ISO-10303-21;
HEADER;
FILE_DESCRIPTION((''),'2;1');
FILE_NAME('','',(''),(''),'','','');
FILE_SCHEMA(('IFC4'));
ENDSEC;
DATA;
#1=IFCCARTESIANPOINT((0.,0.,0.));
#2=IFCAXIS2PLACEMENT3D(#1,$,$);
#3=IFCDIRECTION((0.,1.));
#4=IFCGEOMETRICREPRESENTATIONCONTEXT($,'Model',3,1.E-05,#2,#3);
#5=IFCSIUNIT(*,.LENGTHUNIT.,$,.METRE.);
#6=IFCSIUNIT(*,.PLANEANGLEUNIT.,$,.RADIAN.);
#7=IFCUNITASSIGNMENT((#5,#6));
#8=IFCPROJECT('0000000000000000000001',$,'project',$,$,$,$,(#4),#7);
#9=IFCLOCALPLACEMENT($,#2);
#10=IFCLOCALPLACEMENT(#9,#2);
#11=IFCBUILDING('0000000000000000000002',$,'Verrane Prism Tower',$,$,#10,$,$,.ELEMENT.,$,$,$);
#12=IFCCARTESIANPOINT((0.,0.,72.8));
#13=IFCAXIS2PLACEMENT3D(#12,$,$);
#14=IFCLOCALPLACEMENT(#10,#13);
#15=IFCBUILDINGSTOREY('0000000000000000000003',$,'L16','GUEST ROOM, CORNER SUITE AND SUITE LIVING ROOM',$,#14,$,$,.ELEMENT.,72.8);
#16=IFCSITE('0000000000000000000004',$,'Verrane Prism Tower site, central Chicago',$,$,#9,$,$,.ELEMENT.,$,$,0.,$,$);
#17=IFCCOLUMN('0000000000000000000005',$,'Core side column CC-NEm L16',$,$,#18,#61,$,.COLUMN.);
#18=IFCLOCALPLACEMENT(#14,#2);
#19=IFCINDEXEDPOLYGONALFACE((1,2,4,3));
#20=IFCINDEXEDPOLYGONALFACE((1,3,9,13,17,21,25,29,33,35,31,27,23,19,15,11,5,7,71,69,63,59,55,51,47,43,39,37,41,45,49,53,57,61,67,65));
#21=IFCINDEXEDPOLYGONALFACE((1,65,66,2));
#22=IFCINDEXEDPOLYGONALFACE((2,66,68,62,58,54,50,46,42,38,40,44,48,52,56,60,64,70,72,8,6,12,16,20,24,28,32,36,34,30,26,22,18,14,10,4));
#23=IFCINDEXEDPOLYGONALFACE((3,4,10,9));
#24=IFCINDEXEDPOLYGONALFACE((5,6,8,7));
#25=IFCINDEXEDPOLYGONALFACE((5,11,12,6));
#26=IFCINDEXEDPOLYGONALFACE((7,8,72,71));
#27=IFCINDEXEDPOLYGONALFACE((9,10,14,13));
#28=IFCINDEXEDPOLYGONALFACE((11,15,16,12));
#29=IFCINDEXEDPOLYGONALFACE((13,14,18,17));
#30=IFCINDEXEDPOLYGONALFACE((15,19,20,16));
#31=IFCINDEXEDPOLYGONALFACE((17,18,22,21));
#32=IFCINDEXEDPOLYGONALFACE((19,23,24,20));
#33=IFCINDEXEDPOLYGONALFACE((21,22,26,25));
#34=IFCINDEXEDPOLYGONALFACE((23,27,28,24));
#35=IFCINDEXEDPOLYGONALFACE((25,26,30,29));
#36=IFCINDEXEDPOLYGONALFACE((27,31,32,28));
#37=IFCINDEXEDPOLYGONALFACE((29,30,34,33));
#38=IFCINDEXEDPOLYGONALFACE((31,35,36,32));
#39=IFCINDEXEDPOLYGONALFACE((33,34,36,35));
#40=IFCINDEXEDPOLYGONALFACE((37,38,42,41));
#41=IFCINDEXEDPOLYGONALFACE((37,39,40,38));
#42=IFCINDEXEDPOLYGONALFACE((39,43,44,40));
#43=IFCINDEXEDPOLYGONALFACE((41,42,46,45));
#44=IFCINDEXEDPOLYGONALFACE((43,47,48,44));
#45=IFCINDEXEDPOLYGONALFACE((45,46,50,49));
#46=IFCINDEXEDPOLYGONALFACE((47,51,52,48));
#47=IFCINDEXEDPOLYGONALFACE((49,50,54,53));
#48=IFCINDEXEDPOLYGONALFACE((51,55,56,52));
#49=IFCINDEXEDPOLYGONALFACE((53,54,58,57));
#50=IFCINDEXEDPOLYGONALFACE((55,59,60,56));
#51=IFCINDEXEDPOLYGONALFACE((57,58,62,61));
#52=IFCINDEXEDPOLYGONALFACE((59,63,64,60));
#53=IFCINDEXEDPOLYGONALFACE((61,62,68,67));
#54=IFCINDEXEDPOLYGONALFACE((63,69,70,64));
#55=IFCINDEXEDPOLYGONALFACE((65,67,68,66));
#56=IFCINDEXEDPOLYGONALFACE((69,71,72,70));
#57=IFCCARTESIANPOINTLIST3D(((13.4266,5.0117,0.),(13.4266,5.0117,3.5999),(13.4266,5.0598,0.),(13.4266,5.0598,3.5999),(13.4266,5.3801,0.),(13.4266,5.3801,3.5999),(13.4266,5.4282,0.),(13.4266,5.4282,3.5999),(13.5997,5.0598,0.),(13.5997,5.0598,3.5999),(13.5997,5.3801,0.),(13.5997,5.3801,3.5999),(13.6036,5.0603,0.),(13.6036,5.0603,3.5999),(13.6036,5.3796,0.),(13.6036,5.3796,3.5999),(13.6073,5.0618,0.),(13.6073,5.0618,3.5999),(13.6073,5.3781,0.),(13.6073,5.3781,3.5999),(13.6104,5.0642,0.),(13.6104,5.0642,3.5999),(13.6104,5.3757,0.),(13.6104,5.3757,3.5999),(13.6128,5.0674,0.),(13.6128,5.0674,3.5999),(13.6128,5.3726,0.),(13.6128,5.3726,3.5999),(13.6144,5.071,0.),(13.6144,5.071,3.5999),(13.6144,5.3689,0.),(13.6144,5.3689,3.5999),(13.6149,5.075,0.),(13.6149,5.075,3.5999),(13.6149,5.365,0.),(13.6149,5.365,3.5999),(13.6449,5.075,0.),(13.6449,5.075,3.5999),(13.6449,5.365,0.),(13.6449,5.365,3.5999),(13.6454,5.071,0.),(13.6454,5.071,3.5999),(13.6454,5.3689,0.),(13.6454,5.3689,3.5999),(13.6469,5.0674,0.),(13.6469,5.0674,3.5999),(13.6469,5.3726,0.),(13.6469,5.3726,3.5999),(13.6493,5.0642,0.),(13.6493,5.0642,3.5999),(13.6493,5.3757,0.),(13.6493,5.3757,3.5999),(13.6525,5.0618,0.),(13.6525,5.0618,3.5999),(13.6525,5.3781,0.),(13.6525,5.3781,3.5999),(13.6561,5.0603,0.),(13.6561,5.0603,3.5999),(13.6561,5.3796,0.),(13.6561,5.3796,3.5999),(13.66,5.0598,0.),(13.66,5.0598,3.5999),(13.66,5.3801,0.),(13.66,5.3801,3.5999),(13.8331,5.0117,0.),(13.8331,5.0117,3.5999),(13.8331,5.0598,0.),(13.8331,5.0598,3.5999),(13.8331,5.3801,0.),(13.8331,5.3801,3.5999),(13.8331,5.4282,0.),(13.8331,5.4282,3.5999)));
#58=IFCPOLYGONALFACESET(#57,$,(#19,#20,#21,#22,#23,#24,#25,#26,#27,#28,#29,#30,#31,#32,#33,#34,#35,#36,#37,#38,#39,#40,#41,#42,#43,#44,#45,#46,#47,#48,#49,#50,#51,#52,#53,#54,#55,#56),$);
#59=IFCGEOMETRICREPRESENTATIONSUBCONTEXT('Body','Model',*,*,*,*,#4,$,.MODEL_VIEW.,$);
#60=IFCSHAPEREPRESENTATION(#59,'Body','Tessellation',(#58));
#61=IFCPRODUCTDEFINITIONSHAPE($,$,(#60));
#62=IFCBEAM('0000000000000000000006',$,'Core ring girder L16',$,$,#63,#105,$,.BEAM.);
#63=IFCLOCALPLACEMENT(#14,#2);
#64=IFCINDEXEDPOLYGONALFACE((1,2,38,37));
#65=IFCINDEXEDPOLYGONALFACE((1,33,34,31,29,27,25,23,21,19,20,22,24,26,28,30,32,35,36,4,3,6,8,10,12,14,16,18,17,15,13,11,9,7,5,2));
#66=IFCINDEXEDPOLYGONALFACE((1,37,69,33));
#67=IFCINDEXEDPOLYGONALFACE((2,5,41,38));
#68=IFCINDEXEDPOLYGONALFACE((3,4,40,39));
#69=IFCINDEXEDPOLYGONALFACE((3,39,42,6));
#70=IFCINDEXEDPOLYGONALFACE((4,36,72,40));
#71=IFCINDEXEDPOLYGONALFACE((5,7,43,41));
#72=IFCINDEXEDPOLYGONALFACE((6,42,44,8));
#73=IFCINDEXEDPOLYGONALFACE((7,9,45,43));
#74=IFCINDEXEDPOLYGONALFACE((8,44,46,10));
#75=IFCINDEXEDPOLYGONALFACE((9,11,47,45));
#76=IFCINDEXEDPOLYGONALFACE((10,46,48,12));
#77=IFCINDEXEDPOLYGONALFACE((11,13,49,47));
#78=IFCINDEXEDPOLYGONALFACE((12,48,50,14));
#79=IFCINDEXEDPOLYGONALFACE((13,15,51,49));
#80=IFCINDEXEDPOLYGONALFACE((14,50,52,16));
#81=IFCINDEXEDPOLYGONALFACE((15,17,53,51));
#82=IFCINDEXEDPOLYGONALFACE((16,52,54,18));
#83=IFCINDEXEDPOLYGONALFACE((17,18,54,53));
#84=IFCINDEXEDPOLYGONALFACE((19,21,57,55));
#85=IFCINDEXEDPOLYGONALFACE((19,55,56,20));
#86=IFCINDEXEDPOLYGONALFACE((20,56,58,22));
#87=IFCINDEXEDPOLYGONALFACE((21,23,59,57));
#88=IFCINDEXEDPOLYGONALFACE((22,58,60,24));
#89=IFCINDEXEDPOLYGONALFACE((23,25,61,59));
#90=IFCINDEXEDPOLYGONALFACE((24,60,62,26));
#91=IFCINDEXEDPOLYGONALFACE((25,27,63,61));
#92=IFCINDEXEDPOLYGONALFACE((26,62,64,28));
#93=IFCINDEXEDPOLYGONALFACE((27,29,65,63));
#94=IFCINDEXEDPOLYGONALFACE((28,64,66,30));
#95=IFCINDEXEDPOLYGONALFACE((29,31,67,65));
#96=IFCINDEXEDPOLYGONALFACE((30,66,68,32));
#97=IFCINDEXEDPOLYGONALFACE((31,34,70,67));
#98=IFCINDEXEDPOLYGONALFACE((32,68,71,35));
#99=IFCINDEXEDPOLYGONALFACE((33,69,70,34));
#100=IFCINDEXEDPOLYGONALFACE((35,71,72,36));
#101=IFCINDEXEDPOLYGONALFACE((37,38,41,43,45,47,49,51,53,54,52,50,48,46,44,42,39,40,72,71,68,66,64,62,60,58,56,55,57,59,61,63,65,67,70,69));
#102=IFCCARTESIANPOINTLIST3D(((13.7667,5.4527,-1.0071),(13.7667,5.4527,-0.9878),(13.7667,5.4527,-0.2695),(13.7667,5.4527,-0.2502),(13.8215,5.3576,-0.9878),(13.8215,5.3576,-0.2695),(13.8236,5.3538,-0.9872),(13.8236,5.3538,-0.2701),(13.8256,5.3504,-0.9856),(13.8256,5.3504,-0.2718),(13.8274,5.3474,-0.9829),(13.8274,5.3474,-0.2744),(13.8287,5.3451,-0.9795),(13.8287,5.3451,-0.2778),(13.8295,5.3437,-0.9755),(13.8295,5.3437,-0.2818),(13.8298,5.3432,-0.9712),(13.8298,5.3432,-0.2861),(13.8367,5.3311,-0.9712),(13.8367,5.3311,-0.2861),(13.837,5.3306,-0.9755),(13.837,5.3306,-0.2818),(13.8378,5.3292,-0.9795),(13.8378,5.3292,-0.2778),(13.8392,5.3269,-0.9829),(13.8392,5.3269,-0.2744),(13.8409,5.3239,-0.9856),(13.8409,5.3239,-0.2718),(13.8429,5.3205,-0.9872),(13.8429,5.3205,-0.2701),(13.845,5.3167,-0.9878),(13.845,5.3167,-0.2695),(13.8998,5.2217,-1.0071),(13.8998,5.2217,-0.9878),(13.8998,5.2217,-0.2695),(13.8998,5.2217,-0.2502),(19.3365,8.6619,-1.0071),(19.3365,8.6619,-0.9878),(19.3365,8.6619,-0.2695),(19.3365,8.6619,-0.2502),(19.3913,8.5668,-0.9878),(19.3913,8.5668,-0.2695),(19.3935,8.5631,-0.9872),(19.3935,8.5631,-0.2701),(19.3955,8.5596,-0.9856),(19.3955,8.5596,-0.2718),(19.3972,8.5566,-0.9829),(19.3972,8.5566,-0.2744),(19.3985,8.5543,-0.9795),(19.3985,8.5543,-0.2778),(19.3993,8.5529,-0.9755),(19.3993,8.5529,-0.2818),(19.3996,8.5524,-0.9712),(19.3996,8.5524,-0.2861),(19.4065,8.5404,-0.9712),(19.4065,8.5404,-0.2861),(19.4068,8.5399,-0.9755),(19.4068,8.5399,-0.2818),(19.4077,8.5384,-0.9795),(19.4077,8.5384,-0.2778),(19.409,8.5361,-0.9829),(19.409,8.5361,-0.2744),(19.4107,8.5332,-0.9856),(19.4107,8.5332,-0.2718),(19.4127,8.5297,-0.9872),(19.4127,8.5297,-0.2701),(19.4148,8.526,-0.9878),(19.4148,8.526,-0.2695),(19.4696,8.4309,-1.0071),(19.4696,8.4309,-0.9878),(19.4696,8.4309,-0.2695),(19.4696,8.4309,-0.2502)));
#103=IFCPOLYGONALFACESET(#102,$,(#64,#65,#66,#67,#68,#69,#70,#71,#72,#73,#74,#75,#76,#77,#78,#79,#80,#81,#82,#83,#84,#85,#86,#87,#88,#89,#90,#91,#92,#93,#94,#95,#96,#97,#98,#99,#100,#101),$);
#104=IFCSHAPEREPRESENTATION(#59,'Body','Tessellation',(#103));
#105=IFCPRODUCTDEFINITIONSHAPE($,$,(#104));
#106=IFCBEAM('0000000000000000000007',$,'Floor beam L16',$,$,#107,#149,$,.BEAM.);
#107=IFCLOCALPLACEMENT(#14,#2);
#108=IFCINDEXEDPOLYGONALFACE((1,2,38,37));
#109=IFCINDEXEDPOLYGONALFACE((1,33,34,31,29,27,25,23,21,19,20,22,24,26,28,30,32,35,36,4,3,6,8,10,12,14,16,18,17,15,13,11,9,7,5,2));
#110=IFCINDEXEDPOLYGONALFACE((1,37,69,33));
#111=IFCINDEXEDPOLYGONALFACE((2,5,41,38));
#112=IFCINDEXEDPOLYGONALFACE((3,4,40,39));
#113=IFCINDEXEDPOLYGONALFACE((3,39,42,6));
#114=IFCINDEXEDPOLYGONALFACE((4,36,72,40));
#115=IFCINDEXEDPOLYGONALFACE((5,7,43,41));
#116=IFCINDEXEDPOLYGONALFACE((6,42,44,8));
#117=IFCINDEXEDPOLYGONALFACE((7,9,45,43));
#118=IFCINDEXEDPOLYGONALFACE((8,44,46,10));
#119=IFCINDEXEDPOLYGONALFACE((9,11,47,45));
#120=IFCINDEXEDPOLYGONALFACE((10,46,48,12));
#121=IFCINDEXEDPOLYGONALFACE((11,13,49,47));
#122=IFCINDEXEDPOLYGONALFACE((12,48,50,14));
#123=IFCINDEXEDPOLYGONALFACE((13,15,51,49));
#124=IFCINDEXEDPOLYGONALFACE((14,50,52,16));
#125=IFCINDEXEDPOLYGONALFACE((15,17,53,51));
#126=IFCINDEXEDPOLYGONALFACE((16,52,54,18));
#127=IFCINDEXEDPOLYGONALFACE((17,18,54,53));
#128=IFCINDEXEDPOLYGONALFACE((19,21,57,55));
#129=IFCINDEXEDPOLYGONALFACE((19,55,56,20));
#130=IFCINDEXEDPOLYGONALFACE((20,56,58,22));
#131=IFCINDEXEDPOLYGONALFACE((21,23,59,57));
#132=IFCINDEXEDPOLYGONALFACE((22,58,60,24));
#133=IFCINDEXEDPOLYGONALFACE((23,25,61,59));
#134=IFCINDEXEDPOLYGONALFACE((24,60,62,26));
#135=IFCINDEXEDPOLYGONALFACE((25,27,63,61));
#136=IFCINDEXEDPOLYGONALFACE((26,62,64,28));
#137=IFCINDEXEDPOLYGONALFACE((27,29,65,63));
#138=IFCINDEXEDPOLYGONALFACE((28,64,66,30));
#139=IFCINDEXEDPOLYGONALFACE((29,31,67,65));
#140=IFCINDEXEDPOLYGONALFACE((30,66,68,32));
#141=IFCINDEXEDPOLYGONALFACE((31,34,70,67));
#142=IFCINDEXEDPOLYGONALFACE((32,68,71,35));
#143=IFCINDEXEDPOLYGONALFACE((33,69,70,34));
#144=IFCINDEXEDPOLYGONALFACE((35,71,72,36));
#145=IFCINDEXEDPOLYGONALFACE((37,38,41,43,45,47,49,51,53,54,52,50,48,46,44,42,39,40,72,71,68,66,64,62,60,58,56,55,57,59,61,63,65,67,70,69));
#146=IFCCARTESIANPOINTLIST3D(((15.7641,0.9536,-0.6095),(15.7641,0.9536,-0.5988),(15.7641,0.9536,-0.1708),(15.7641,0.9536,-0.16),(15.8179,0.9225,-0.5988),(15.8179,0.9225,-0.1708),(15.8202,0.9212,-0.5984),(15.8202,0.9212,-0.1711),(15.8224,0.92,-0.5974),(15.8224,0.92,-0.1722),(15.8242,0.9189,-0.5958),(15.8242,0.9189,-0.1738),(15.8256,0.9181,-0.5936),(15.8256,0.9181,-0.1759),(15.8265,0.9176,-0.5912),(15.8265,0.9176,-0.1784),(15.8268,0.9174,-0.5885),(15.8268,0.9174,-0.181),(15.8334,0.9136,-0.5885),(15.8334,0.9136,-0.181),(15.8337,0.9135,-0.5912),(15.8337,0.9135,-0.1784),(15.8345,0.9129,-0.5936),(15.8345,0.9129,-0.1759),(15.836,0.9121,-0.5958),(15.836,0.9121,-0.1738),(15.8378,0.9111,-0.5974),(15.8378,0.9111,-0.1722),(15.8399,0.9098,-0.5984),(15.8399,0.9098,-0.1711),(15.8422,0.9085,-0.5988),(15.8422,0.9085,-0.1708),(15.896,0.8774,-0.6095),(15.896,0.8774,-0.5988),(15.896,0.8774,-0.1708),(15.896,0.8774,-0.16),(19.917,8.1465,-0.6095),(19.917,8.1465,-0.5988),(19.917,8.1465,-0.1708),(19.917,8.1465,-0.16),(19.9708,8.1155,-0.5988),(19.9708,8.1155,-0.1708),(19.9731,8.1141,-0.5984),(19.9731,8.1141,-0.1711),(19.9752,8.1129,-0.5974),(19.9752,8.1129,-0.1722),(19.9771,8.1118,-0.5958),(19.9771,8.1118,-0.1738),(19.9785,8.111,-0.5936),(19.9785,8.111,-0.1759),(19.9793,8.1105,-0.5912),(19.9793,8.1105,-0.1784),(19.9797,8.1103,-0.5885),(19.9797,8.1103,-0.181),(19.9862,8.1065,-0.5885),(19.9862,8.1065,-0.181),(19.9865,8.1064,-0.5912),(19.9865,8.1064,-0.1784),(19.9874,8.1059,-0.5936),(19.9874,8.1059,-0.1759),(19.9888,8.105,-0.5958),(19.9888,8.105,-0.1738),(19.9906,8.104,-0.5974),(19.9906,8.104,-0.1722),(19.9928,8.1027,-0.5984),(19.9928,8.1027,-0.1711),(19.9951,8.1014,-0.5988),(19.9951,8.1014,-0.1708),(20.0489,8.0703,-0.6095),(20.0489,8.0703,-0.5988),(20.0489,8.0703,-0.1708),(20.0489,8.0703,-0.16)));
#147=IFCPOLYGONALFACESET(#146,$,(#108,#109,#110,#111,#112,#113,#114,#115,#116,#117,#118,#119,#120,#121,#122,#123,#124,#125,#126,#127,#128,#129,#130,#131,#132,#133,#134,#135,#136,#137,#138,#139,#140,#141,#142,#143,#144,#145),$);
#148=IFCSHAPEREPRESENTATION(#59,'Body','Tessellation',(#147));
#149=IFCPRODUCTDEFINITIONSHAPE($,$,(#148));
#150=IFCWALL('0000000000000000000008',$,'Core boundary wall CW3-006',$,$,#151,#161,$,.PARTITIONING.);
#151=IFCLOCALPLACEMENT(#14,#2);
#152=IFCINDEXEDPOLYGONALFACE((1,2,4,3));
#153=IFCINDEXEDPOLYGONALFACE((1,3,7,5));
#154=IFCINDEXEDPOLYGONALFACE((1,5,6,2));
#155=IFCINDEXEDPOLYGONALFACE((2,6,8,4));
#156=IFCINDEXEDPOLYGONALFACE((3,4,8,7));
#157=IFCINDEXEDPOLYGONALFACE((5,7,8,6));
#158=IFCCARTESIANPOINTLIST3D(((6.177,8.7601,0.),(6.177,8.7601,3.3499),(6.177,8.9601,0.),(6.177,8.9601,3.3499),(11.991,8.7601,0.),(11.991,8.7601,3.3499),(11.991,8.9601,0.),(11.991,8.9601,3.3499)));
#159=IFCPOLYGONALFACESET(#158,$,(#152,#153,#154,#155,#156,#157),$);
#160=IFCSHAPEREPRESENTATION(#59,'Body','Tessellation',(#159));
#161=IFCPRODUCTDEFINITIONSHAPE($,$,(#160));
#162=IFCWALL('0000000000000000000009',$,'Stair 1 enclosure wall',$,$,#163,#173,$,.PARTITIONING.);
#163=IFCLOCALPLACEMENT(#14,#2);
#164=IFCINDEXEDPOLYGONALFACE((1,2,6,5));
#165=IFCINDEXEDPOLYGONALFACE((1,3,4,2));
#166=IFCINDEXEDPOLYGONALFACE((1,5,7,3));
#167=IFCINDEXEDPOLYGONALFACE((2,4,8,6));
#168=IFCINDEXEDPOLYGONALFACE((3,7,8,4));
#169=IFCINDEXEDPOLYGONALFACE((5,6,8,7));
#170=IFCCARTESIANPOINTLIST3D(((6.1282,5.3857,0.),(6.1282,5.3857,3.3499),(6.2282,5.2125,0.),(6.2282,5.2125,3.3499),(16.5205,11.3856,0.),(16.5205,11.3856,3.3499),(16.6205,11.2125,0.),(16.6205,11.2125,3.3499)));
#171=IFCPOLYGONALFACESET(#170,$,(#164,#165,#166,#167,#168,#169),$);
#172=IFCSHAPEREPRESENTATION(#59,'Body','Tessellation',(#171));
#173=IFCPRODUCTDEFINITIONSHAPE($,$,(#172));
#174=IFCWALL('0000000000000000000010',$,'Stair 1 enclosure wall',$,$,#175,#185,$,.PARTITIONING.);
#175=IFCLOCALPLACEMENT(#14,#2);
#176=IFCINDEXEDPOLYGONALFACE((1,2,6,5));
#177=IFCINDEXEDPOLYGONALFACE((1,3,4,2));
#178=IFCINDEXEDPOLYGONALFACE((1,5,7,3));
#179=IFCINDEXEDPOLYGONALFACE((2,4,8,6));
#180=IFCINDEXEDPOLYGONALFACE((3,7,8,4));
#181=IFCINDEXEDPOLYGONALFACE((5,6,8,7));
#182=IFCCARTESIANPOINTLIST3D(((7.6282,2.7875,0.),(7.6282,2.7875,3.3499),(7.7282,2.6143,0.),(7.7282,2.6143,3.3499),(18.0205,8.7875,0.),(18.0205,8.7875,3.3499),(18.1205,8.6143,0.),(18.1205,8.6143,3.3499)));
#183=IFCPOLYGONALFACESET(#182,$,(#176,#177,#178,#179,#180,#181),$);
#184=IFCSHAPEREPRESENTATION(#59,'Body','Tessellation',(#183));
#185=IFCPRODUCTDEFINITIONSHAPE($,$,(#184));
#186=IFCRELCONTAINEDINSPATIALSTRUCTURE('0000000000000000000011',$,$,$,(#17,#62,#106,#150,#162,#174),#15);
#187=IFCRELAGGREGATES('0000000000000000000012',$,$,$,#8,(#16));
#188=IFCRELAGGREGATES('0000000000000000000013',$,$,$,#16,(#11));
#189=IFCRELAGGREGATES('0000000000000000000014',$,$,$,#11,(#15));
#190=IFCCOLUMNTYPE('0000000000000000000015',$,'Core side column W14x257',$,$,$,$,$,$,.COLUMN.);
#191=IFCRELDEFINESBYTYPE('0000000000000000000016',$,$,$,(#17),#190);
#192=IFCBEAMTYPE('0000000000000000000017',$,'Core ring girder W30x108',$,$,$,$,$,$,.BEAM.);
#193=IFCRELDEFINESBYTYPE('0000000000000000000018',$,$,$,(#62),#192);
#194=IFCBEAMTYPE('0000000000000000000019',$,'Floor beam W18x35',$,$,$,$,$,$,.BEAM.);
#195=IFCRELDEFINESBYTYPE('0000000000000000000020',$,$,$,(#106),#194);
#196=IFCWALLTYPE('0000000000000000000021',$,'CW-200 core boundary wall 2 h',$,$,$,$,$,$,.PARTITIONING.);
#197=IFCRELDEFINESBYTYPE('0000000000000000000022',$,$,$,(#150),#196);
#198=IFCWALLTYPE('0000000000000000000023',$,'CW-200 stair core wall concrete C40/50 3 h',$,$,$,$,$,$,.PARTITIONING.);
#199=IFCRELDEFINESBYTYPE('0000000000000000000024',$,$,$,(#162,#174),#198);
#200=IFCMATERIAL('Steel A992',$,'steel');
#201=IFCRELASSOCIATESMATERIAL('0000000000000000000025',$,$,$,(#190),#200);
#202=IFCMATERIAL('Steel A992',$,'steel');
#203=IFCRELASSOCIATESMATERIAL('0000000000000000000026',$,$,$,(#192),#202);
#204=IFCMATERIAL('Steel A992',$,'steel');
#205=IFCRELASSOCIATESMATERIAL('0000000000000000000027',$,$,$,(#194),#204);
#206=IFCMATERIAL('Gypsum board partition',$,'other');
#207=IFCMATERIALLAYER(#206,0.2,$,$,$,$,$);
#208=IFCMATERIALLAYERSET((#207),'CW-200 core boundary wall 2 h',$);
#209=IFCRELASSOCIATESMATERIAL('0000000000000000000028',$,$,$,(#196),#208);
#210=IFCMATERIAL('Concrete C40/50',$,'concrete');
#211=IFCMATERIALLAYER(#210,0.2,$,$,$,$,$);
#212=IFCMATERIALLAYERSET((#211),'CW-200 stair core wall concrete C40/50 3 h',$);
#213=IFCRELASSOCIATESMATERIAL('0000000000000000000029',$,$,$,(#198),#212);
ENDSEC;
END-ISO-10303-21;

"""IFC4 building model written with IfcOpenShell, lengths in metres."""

from ifc_helpers import new_model, si_unit, direction, frame, frame_2d, origin, origin_2d, place, context, subcontext, project, spatial, rectangle, i_section, extrude, material, layer, layer_set, material_profile, profile_set, type_object, element, save


model = new_model("IFC4")

# Units and contexts
model_context = context("Model", 3, precision=1e-05, world=origin(), true_north=direction((0.0, 1.0)))
body_context = subcontext(model_context, "Body", "Model", "MODEL_VIEW")
ifc_project = project(units=[si_unit("LENGTHUNIT", "METRE"), si_unit("PLANEANGLEUNIT", "RADIAN")], contexts=[model_context])

# Site, building, storey
site_placement = place(None, origin())
site = spatial("IfcSite", under=ifc_project, at=site_placement, Name="Verrane Prism Tower site, central Chicago", CompositionType="ELEMENT", RefElevation=0.0)
building_placement = place(site_placement, origin())
building = spatial("IfcBuilding", under=site, at=building_placement, Name="Verrane Prism Tower", CompositionType="ELEMENT")
storey_placement = place(building_placement, frame((0.0, 0.0, 72.8)))
storey = spatial("IfcBuildingStorey", under=building, at=storey_placement, Name="L16", Description="GUEST ROOM, CORNER SUITE AND SUITE LIVING ROOM", CompositionType="ELEMENT", Elevation=72.8)

# Column
ifc_material_1 = material(Name="Steel A992", Category="steel")
ifc_material_profile_1 = material_profile(ifc_material_1, i_section(OverallWidth=0.4065, OverallDepth=0.4165, WebThickness=0.03, FlangeThickness=0.0481, FilletRadius=0.0151, at=origin_2d()), Name="W14x257")
ifc_profile_set_1 = profile_set([ifc_material_profile_1], Name="Steel A992")
column_type = type_object("IfcColumnType", Name="Core side column W14x257", PredefinedType="COLUMN", material=ifc_profile_set_1)
column_placement = place(storey_placement, frame((13.6299, 5.22, 0.0), z_axis=(0.0, 0.0, 1.0), x_axis=(1.0, 0.0, 0.0)))
element("IfcColumn", 1, at=column_placement, inside=storey, type_object=column_type, Name="Core side column CC-NEm L16", PredefinedType="COLUMN", context=body_context, shape_type="SweptSolid", body=[
    extrude(i_section(OverallWidth=0.4065, OverallDepth=0.4165, WebThickness=0.03, FlangeThickness=0.0481, FilletRadius=0.0151, at=origin_2d()), origin(), (0.0, 0.0, 1.0), 3.5999),
])

# Beams
ifc_material_2 = material(Name="Steel A992", Category="steel")
ifc_material_profile_2 = material_profile(ifc_material_2, i_section(OverallWidth=0.2666, OverallDepth=0.7568, WebThickness=0.0139, FlangeThickness=0.0193, FilletRadius=0.0166, at=origin_2d()), Name="W30x108")
ifc_profile_set_2 = profile_set([ifc_material_profile_2], Name="Steel A992")
beam_type_1 = type_object("IfcBeamType", Name="Core ring girder W30x108", PredefinedType="BEAM", material=ifc_profile_set_2)
beam_1_placement = place(storey_placement, frame((13.8333, 5.3372, -0.6287), z_axis=(0.866464, 0.49924, 0.0), x_axis=(-0.49924, 0.866464, 0.0)))
element("IfcBeam", 2, at=beam_1_placement, inside=storey, type_object=beam_type_1, Name="Core ring girder L16", PredefinedType="BEAM", context=body_context, shape_type="SweptSolid", body=[
    extrude(i_section(OverallWidth=0.2666, OverallDepth=0.7568, WebThickness=0.0139, FlangeThickness=0.0193, FilletRadius=0.0166, at=origin_2d()), origin(), (0.0, 0.0, 1.0), 6.4282),
])
ifc_material_3 = material(Name="Steel A992", Category="steel")
ifc_material_profile_3 = material_profile(ifc_material_3, i_section(OverallWidth=0.1523, OverallDepth=0.4495, WebThickness=0.0076, FlangeThickness=0.0107, FilletRadius=0.0103, at=origin_2d()), Name="W18x35")
ifc_profile_set_3 = profile_set([ifc_material_profile_3], Name="Steel A992")
beam_type_2 = type_object("IfcBeamType", Name="Floor beam W18x35", PredefinedType="BEAM", material=ifc_profile_set_3)
beam_2_placement = place(storey_placement, frame((15.8301, 0.9155, -0.3848), z_axis=(0.500002, 0.866024, 0.0), x_axis=(-0.866024, 0.500002, 0.0)))
element("IfcBeam", 3, at=beam_2_placement, inside=storey, type_object=beam_type_2, Name="Floor beam L16", PredefinedType="BEAM", context=body_context, shape_type="SweptSolid", body=[
    extrude(i_section(OverallWidth=0.1523, OverallDepth=0.4495, WebThickness=0.0076, FlangeThickness=0.0107, FilletRadius=0.0103, at=origin_2d()), origin(), (0.0, 0.0, 1.0), 8.3057),
])

# Walls
ifc_material_4 = material(Name="Gypsum board partition", Category="other")
ifc_layer_1 = layer(ifc_material_4, 0.2)
ifc_layer_set_1 = layer_set([ifc_layer_1], Name="CW-200 core boundary wall 2 h")
wall_type_1 = type_object("IfcWallType", Name="CW-200 core boundary wall 2 h", PredefinedType="PARTITIONING", material=ifc_layer_set_1)
wall_1_placement = place(storey_placement, frame((6.177, 8.8601, 0.0), z_axis=(0.0, 0.0, 1.0), x_axis=(1.0, 0.0, 0.0)))
element("IfcWall", 4, at=wall_1_placement, inside=storey, type_object=wall_type_1, Name="Core boundary wall CW3-006", PredefinedType="PARTITIONING", context=body_context, shape_type="SweptSolid", body=[
    extrude(rectangle(XDim=5.814, YDim=0.2, at=frame_2d((2.907, 0.0))), origin(), (0.0, 0.0, 1.0), 3.3499),
])
ifc_material_5 = material(Name="Concrete C40/50", Category="concrete")
ifc_layer_2 = layer(ifc_material_5, 0.2)
ifc_layer_set_2 = layer_set([ifc_layer_2], Name="CW-200 stair core wall concrete C40/50 3 h")
wall_type_2 = type_object("IfcWallType", Name="CW-200 stair core wall concrete C40/50 3 h", PredefinedType="PARTITIONING", material=ifc_layer_set_2)
for number, where, z_axis, x_axis, name in (
    (5, (6.1782, 5.2991, 0.0), (0.0, 0.0, 1.0), (0.866026, 0.499999, 0.0), "Stair 1 enclosure wall"),
    (6, (7.6782, 2.7009, 0.0), (0.0, 0.0, 1.0), (0.866026, 0.499999, 0.0), "Stair 1 enclosure wall"),
):
    element("IfcWall", number, at=place(storey_placement, frame(where, z_axis=z_axis, x_axis=x_axis)), inside=storey, type_object=wall_type_2, Name=name, PredefinedType="PARTITIONING", context=body_context, shape_type="SweptSolid", body=[
        extrude(rectangle(XDim=12.0, YDim=0.2, at=frame_2d((6.0, 0.0))), origin(), (0.0, 0.0, 1.0), 3.3499),
    ])

save(model, "model.ifc")
